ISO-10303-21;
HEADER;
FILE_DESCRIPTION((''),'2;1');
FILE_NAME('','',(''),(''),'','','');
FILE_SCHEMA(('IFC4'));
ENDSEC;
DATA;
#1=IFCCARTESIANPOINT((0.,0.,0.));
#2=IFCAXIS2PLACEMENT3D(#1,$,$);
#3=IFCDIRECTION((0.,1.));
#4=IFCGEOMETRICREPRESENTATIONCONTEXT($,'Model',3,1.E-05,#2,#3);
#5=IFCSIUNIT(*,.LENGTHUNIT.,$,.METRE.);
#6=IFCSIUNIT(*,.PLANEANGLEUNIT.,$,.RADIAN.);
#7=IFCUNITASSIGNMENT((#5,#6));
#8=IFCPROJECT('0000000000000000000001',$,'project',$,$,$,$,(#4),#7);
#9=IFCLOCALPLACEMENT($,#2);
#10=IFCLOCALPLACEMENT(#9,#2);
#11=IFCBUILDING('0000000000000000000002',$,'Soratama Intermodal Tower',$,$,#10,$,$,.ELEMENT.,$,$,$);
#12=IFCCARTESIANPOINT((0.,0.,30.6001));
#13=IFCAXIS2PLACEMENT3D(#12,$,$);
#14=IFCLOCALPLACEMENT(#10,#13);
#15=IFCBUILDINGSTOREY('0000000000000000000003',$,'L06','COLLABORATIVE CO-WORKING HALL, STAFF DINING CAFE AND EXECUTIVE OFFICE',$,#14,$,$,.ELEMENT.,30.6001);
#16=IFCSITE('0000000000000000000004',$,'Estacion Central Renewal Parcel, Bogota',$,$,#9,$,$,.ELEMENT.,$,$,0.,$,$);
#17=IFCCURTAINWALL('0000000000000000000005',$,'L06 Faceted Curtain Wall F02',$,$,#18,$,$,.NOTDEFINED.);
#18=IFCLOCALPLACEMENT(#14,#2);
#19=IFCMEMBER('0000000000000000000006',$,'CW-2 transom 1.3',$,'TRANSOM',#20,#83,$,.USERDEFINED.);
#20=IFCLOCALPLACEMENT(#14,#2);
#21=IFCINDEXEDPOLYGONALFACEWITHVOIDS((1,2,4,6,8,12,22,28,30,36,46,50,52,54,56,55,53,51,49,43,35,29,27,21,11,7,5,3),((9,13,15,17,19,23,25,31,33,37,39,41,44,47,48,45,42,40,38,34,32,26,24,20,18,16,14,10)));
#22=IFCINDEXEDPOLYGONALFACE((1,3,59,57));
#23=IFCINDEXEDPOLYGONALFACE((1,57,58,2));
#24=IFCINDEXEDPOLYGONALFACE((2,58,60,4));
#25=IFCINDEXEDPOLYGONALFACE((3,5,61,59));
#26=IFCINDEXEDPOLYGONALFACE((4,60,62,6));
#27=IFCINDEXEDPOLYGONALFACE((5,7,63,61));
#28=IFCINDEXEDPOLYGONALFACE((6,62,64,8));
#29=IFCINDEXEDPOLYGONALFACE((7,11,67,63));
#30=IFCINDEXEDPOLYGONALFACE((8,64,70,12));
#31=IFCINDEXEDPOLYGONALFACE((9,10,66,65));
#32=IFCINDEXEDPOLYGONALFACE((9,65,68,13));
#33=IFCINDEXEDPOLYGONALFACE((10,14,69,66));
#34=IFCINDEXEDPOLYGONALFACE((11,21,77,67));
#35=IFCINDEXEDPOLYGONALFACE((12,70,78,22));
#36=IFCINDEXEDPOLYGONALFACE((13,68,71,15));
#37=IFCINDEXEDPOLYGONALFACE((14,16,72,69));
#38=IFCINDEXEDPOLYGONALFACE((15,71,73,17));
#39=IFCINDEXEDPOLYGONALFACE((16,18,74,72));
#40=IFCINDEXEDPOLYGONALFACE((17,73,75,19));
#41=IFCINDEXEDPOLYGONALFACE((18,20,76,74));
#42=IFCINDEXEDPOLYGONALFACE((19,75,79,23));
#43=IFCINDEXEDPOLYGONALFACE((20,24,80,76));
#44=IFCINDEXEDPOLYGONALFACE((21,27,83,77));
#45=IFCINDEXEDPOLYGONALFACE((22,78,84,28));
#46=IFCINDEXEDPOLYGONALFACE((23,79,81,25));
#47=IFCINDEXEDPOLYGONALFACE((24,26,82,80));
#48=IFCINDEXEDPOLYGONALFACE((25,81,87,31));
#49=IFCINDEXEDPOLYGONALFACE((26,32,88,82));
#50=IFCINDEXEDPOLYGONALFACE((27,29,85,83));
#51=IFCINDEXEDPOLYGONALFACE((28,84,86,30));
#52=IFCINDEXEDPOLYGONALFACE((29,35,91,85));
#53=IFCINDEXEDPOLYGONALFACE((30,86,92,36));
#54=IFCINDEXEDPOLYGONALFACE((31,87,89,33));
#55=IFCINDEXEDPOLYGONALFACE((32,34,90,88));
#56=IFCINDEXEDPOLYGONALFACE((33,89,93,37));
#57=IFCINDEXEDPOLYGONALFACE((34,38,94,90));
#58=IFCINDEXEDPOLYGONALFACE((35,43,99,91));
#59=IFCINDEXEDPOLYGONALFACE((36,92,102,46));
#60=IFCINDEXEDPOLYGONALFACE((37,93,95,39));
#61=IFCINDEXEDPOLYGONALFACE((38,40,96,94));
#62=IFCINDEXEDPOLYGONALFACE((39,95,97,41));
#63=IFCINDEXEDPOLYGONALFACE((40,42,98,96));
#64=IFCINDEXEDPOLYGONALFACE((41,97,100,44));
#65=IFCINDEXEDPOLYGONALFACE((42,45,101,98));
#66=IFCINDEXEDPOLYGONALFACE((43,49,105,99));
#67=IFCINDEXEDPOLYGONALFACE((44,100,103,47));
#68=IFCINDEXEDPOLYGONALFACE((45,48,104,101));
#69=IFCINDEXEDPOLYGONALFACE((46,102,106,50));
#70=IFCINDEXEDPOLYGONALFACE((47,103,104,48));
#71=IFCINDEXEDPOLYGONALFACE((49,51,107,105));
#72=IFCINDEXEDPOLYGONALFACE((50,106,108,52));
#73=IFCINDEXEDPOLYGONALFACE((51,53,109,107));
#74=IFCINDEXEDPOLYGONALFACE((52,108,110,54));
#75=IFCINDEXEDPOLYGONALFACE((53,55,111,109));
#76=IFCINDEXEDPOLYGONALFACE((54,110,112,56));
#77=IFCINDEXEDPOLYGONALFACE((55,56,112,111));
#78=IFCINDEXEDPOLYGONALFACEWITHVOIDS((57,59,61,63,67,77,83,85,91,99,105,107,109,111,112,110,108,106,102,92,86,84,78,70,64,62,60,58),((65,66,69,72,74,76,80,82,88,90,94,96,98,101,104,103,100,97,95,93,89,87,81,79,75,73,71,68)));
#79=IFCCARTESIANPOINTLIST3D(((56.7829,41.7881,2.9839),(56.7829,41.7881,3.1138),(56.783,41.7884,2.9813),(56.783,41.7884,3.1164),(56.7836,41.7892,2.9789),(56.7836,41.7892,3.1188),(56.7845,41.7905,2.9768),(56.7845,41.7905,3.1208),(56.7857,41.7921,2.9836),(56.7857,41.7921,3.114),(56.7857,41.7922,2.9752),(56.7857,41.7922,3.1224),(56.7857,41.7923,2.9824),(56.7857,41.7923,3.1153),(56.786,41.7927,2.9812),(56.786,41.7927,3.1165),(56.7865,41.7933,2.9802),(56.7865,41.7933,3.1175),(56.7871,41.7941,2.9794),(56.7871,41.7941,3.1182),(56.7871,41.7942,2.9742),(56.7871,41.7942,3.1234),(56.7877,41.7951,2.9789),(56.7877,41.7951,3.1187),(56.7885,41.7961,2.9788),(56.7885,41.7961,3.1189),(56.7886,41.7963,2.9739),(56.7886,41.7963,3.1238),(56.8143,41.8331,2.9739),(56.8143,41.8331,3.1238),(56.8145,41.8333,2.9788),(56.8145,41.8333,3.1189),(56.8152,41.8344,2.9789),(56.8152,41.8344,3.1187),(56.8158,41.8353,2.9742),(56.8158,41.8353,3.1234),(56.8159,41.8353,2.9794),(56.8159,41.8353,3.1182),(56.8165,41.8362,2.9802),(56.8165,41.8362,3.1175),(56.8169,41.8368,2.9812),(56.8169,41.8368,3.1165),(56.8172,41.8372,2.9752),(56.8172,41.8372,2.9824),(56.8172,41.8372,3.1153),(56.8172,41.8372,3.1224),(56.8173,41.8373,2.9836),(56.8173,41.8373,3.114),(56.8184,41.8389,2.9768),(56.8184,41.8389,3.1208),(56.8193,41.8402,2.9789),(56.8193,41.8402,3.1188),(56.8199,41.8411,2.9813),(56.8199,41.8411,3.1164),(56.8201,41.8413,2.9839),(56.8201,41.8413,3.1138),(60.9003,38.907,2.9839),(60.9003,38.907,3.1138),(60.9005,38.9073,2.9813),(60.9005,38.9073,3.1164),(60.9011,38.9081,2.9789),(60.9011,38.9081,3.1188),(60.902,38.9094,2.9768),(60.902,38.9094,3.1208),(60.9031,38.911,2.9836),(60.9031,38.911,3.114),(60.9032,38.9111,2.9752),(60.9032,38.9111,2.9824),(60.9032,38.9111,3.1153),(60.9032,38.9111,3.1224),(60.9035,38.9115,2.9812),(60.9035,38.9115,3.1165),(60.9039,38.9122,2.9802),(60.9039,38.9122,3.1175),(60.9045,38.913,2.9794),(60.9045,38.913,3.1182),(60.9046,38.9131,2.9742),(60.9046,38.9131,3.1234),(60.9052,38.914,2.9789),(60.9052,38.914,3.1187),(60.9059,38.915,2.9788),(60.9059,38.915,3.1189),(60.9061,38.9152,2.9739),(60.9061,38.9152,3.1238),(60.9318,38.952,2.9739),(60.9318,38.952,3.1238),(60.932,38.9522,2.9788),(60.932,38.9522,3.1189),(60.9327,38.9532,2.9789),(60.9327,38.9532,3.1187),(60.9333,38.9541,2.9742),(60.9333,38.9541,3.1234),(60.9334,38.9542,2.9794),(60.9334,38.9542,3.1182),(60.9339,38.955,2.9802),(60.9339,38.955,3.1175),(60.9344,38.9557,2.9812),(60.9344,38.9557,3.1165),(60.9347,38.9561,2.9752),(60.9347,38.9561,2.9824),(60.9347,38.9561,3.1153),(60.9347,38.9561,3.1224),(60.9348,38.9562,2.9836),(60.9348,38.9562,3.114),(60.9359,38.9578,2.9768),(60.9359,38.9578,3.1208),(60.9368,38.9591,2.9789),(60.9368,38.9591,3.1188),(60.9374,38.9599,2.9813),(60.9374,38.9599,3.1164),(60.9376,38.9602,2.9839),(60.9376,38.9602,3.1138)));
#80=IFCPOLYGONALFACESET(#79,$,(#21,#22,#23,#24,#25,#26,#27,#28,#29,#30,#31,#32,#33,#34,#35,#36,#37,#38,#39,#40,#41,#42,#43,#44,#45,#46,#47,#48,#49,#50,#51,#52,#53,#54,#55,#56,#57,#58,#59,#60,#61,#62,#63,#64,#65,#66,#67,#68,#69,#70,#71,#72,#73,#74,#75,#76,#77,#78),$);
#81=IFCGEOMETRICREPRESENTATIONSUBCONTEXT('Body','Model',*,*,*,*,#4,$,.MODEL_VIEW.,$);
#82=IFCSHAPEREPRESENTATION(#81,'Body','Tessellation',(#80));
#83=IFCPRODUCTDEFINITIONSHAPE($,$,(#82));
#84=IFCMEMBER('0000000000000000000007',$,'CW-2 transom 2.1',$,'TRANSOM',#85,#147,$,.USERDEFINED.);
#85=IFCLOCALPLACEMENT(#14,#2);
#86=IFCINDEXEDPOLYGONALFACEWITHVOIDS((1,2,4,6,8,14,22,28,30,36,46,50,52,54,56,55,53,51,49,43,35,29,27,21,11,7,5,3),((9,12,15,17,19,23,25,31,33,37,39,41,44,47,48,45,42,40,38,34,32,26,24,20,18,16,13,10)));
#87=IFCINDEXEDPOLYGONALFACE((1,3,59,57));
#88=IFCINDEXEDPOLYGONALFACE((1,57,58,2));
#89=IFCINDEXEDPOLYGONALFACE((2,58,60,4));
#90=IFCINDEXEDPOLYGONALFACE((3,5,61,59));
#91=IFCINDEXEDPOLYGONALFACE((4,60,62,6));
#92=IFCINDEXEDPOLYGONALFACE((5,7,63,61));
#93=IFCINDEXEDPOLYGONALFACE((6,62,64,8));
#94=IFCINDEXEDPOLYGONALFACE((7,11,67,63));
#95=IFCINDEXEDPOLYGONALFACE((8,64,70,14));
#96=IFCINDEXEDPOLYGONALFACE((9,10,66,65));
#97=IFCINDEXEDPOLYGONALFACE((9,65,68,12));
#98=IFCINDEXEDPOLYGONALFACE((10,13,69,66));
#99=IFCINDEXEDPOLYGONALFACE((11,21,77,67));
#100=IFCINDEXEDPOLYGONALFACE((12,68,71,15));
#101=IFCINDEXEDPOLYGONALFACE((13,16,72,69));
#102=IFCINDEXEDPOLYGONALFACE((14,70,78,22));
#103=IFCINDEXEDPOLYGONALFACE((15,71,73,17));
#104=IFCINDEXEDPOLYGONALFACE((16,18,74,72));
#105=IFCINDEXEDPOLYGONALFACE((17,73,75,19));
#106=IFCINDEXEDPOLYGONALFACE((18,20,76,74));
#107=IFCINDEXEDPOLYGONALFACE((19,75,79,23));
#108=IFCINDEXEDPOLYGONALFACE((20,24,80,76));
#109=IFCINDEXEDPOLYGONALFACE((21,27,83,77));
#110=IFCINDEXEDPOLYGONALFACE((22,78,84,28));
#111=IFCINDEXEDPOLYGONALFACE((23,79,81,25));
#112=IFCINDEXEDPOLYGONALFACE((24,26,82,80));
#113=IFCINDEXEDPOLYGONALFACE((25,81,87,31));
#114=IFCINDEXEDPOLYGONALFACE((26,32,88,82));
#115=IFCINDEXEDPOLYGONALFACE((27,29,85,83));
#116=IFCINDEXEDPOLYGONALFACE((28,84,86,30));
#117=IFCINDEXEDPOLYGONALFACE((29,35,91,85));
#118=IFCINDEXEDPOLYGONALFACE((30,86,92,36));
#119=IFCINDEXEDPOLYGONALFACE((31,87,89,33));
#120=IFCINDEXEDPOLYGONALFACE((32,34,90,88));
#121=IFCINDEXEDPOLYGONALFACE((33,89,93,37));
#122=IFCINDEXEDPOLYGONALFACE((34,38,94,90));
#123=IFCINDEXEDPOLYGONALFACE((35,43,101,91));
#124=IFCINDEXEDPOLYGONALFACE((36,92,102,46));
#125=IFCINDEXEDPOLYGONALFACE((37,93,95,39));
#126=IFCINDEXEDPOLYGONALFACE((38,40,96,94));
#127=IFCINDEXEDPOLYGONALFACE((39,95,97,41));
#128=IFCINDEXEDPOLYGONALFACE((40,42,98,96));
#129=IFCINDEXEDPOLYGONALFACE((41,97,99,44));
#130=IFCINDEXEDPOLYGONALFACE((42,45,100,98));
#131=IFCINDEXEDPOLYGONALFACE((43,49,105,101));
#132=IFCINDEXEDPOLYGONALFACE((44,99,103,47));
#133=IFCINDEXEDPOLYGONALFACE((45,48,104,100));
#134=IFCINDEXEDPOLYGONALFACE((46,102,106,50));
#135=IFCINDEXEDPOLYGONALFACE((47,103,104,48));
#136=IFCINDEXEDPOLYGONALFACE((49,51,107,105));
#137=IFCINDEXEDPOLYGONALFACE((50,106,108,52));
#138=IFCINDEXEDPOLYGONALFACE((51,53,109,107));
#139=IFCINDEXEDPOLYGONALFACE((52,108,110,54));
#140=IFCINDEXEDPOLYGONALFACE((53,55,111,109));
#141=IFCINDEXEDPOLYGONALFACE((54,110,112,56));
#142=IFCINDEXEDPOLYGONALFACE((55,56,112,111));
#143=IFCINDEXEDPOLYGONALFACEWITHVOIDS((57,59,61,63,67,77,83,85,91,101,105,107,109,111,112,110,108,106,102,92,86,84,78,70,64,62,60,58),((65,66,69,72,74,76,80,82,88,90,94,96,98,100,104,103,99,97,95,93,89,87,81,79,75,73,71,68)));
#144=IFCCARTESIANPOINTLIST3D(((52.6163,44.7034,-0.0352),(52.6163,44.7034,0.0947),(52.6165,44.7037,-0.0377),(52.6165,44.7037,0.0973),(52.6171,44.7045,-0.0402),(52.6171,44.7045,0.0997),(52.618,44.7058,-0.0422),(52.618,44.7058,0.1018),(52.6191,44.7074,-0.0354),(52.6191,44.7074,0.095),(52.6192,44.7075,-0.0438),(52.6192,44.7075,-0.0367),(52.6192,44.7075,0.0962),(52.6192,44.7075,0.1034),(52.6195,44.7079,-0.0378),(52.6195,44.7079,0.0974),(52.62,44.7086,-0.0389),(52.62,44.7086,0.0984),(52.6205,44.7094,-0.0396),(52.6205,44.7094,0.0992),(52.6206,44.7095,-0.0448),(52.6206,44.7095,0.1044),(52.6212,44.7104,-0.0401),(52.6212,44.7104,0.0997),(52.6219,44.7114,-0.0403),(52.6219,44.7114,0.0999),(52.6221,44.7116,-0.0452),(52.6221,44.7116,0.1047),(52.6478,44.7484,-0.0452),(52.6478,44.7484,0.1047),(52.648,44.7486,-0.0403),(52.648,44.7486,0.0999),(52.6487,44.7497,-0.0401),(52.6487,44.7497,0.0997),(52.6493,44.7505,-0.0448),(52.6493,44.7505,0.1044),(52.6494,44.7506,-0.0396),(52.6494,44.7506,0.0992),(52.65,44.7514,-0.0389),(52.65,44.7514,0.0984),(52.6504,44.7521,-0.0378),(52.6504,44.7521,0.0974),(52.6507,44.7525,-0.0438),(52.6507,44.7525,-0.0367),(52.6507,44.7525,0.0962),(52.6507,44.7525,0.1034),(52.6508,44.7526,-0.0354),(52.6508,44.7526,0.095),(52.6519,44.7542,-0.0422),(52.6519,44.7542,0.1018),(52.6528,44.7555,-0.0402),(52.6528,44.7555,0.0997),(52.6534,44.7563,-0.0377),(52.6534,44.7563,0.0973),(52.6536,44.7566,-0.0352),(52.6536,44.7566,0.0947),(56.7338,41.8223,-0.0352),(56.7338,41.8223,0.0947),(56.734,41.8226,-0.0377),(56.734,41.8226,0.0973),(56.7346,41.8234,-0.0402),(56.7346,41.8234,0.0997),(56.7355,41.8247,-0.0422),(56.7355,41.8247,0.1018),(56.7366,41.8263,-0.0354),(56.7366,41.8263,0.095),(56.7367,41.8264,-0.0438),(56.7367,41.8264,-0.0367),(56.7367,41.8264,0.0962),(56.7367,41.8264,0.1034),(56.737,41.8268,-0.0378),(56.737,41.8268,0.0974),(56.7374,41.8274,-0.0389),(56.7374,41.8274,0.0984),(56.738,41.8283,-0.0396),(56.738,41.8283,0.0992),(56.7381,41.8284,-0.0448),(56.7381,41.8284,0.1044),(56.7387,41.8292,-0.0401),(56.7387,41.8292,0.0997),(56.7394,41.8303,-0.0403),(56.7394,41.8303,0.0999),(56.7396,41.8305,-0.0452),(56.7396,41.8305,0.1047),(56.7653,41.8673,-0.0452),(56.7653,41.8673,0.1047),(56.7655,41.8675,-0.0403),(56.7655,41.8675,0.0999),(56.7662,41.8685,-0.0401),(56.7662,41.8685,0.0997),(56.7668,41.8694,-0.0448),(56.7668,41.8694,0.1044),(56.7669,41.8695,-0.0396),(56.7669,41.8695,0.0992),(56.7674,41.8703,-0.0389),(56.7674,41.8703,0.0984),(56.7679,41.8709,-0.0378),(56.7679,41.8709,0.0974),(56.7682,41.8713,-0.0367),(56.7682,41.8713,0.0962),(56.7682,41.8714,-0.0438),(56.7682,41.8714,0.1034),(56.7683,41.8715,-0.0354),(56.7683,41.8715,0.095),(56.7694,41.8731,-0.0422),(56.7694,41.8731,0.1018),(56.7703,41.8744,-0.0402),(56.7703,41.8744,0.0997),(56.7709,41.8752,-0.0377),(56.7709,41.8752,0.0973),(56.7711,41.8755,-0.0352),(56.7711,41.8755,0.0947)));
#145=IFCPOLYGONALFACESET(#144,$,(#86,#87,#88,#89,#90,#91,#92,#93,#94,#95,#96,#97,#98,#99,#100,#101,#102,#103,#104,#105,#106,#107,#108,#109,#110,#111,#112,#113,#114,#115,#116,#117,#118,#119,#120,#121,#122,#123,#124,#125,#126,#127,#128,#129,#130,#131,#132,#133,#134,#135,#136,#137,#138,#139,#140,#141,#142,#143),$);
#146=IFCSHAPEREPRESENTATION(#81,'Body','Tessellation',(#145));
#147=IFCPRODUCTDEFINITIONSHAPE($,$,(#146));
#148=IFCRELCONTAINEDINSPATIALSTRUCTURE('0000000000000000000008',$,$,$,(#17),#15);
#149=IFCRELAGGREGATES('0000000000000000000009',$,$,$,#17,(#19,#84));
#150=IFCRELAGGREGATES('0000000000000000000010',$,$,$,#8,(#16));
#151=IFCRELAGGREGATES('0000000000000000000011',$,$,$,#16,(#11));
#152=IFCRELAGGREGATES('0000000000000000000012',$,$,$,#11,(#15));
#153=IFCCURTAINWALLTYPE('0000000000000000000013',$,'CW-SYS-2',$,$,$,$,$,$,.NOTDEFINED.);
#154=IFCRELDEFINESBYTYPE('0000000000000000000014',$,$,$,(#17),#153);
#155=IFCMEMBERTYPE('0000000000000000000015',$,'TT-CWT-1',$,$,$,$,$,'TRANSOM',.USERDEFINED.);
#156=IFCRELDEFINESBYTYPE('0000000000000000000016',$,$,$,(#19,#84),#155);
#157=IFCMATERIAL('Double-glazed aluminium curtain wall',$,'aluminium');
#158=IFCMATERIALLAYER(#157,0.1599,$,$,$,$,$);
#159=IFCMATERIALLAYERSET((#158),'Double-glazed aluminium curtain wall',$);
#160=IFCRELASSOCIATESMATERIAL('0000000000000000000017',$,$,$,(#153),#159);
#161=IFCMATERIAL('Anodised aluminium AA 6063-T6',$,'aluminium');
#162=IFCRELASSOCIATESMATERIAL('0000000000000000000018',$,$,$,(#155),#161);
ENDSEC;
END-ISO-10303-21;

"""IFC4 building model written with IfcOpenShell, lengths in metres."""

from ifc_helpers import new_model, si_unit, direction, frame, origin, origin_2d, place, context, subcontext, project, spatial, hollow_rectangle, extrude, material, layer, layer_set, material_profile, profile_set, type_object, element, aggregate, save


model = new_model("IFC4")

# Units and contexts
model_context = context("Model", 3, precision=1e-05, world=origin(), true_north=direction((0.0, 1.0)))
body_context = subcontext(model_context, "Body", "Model", "MODEL_VIEW")
ifc_project = project(units=[si_unit("LENGTHUNIT", "METRE"), si_unit("PLANEANGLEUNIT", "RADIAN")], contexts=[model_context])

# Site, building, storey
site_placement = place(None, origin())
site = spatial("IfcSite", under=ifc_project, at=site_placement, Name="Estacion Central Renewal Parcel, Bogota", CompositionType="ELEMENT", RefElevation=0.0)
building_placement = place(site_placement, origin())
building = spatial("IfcBuilding", under=site, at=building_placement, Name="Soratama Intermodal Tower", CompositionType="ELEMENT")
storey_placement = place(building_placement, frame((0.0, 0.0, 30.6001)))
storey = spatial("IfcBuildingStorey", under=building, at=storey_placement, Name="L06", Description="COLLABORATIVE CO-WORKING HALL, STAFF DINING CAFE AND EXECUTIVE OFFICE", CompositionType="ELEMENT", Elevation=30.6001)

# Curtain wall, members
ifc_material_1 = material(Name="Double-glazed aluminium curtain wall", Category="aluminium")
ifc_layer_1 = layer(ifc_material_1, 0.1599)
ifc_layer_set_1 = layer_set([ifc_layer_1], Name="Double-glazed aluminium curtain wall")
curtain_wall_type = type_object("IfcCurtainWallType", Name="CW-SYS-2", PredefinedType="NOTDEFINED", material=ifc_layer_set_1)
curtain_wall_placement = place(storey_placement, origin())
curtain_wall = element("IfcCurtainWall", 1, at=curtain_wall_placement, inside=storey, type_object=curtain_wall_type, Name="L06 Faceted Curtain Wall F02", PredefinedType="NOTDEFINED")
ifc_material_2 = material(Name="Anodised aluminium AA 6063-T6", Category="aluminium")
ifc_material_profile_1 = material_profile(ifc_material_2, hollow_rectangle(XDim=0.0649, YDim=0.1499, WallThickness=0.0049, InnerFilletRadius=0.0049, OuterFilletRadius=0.01, at=origin_2d()), Name="CWT150X65X5")
ifc_profile_set_1 = profile_set([ifc_material_profile_1], Name="Anodised aluminium AA 6063-T6")
member_type_1 = type_object("IfcMemberType", Name="TT-CWT-1", ElementType="TRANSOM", PredefinedType="USERDEFINED", material=ifc_profile_set_1)
member_1_placement = place(storey_placement, frame((60.9189, 38.9336, 3.0488), z_axis=(-0.819335, 0.573316, 0.0), x_axis=(-0.573316, -0.819335, 0.0)))
member_1 = element("IfcMember", 2, at=member_1_placement, type_object=member_type_1, Name="CW-2 transom 1.3", ObjectType="TRANSOM", PredefinedType="USERDEFINED", context=body_context, shape_type="SweptSolid", body=[
    extrude(hollow_rectangle(XDim=0.0649, YDim=0.1499, WallThickness=0.0049, InnerFilletRadius=0.0049, OuterFilletRadius=0.01, at=origin_2d()), origin(), (0.0, 0.0, 1.0), 5.0254),
])
member_2_placement = place(storey_placement, frame((56.7524, 41.8489, 0.0298), z_axis=(-0.819335, 0.573316, 0.0), x_axis=(-0.573316, -0.819335, 0.0)))
member_2 = element("IfcMember", 3, at=member_2_placement, type_object=member_type_1, Name="CW-2 transom 2.1", ObjectType="TRANSOM", PredefinedType="USERDEFINED", context=body_context, shape_type="SweptSolid", body=[
    extrude(hollow_rectangle(XDim=0.0649, YDim=0.1499, WallThickness=0.0049, InnerFilletRadius=0.0049, OuterFilletRadius=0.01, at=origin_2d()), origin(), (0.0, 0.0, 1.0), 5.0254),
])
aggregate(curtain_wall, [member_1, member_2])

save(model, "model.ifc")
